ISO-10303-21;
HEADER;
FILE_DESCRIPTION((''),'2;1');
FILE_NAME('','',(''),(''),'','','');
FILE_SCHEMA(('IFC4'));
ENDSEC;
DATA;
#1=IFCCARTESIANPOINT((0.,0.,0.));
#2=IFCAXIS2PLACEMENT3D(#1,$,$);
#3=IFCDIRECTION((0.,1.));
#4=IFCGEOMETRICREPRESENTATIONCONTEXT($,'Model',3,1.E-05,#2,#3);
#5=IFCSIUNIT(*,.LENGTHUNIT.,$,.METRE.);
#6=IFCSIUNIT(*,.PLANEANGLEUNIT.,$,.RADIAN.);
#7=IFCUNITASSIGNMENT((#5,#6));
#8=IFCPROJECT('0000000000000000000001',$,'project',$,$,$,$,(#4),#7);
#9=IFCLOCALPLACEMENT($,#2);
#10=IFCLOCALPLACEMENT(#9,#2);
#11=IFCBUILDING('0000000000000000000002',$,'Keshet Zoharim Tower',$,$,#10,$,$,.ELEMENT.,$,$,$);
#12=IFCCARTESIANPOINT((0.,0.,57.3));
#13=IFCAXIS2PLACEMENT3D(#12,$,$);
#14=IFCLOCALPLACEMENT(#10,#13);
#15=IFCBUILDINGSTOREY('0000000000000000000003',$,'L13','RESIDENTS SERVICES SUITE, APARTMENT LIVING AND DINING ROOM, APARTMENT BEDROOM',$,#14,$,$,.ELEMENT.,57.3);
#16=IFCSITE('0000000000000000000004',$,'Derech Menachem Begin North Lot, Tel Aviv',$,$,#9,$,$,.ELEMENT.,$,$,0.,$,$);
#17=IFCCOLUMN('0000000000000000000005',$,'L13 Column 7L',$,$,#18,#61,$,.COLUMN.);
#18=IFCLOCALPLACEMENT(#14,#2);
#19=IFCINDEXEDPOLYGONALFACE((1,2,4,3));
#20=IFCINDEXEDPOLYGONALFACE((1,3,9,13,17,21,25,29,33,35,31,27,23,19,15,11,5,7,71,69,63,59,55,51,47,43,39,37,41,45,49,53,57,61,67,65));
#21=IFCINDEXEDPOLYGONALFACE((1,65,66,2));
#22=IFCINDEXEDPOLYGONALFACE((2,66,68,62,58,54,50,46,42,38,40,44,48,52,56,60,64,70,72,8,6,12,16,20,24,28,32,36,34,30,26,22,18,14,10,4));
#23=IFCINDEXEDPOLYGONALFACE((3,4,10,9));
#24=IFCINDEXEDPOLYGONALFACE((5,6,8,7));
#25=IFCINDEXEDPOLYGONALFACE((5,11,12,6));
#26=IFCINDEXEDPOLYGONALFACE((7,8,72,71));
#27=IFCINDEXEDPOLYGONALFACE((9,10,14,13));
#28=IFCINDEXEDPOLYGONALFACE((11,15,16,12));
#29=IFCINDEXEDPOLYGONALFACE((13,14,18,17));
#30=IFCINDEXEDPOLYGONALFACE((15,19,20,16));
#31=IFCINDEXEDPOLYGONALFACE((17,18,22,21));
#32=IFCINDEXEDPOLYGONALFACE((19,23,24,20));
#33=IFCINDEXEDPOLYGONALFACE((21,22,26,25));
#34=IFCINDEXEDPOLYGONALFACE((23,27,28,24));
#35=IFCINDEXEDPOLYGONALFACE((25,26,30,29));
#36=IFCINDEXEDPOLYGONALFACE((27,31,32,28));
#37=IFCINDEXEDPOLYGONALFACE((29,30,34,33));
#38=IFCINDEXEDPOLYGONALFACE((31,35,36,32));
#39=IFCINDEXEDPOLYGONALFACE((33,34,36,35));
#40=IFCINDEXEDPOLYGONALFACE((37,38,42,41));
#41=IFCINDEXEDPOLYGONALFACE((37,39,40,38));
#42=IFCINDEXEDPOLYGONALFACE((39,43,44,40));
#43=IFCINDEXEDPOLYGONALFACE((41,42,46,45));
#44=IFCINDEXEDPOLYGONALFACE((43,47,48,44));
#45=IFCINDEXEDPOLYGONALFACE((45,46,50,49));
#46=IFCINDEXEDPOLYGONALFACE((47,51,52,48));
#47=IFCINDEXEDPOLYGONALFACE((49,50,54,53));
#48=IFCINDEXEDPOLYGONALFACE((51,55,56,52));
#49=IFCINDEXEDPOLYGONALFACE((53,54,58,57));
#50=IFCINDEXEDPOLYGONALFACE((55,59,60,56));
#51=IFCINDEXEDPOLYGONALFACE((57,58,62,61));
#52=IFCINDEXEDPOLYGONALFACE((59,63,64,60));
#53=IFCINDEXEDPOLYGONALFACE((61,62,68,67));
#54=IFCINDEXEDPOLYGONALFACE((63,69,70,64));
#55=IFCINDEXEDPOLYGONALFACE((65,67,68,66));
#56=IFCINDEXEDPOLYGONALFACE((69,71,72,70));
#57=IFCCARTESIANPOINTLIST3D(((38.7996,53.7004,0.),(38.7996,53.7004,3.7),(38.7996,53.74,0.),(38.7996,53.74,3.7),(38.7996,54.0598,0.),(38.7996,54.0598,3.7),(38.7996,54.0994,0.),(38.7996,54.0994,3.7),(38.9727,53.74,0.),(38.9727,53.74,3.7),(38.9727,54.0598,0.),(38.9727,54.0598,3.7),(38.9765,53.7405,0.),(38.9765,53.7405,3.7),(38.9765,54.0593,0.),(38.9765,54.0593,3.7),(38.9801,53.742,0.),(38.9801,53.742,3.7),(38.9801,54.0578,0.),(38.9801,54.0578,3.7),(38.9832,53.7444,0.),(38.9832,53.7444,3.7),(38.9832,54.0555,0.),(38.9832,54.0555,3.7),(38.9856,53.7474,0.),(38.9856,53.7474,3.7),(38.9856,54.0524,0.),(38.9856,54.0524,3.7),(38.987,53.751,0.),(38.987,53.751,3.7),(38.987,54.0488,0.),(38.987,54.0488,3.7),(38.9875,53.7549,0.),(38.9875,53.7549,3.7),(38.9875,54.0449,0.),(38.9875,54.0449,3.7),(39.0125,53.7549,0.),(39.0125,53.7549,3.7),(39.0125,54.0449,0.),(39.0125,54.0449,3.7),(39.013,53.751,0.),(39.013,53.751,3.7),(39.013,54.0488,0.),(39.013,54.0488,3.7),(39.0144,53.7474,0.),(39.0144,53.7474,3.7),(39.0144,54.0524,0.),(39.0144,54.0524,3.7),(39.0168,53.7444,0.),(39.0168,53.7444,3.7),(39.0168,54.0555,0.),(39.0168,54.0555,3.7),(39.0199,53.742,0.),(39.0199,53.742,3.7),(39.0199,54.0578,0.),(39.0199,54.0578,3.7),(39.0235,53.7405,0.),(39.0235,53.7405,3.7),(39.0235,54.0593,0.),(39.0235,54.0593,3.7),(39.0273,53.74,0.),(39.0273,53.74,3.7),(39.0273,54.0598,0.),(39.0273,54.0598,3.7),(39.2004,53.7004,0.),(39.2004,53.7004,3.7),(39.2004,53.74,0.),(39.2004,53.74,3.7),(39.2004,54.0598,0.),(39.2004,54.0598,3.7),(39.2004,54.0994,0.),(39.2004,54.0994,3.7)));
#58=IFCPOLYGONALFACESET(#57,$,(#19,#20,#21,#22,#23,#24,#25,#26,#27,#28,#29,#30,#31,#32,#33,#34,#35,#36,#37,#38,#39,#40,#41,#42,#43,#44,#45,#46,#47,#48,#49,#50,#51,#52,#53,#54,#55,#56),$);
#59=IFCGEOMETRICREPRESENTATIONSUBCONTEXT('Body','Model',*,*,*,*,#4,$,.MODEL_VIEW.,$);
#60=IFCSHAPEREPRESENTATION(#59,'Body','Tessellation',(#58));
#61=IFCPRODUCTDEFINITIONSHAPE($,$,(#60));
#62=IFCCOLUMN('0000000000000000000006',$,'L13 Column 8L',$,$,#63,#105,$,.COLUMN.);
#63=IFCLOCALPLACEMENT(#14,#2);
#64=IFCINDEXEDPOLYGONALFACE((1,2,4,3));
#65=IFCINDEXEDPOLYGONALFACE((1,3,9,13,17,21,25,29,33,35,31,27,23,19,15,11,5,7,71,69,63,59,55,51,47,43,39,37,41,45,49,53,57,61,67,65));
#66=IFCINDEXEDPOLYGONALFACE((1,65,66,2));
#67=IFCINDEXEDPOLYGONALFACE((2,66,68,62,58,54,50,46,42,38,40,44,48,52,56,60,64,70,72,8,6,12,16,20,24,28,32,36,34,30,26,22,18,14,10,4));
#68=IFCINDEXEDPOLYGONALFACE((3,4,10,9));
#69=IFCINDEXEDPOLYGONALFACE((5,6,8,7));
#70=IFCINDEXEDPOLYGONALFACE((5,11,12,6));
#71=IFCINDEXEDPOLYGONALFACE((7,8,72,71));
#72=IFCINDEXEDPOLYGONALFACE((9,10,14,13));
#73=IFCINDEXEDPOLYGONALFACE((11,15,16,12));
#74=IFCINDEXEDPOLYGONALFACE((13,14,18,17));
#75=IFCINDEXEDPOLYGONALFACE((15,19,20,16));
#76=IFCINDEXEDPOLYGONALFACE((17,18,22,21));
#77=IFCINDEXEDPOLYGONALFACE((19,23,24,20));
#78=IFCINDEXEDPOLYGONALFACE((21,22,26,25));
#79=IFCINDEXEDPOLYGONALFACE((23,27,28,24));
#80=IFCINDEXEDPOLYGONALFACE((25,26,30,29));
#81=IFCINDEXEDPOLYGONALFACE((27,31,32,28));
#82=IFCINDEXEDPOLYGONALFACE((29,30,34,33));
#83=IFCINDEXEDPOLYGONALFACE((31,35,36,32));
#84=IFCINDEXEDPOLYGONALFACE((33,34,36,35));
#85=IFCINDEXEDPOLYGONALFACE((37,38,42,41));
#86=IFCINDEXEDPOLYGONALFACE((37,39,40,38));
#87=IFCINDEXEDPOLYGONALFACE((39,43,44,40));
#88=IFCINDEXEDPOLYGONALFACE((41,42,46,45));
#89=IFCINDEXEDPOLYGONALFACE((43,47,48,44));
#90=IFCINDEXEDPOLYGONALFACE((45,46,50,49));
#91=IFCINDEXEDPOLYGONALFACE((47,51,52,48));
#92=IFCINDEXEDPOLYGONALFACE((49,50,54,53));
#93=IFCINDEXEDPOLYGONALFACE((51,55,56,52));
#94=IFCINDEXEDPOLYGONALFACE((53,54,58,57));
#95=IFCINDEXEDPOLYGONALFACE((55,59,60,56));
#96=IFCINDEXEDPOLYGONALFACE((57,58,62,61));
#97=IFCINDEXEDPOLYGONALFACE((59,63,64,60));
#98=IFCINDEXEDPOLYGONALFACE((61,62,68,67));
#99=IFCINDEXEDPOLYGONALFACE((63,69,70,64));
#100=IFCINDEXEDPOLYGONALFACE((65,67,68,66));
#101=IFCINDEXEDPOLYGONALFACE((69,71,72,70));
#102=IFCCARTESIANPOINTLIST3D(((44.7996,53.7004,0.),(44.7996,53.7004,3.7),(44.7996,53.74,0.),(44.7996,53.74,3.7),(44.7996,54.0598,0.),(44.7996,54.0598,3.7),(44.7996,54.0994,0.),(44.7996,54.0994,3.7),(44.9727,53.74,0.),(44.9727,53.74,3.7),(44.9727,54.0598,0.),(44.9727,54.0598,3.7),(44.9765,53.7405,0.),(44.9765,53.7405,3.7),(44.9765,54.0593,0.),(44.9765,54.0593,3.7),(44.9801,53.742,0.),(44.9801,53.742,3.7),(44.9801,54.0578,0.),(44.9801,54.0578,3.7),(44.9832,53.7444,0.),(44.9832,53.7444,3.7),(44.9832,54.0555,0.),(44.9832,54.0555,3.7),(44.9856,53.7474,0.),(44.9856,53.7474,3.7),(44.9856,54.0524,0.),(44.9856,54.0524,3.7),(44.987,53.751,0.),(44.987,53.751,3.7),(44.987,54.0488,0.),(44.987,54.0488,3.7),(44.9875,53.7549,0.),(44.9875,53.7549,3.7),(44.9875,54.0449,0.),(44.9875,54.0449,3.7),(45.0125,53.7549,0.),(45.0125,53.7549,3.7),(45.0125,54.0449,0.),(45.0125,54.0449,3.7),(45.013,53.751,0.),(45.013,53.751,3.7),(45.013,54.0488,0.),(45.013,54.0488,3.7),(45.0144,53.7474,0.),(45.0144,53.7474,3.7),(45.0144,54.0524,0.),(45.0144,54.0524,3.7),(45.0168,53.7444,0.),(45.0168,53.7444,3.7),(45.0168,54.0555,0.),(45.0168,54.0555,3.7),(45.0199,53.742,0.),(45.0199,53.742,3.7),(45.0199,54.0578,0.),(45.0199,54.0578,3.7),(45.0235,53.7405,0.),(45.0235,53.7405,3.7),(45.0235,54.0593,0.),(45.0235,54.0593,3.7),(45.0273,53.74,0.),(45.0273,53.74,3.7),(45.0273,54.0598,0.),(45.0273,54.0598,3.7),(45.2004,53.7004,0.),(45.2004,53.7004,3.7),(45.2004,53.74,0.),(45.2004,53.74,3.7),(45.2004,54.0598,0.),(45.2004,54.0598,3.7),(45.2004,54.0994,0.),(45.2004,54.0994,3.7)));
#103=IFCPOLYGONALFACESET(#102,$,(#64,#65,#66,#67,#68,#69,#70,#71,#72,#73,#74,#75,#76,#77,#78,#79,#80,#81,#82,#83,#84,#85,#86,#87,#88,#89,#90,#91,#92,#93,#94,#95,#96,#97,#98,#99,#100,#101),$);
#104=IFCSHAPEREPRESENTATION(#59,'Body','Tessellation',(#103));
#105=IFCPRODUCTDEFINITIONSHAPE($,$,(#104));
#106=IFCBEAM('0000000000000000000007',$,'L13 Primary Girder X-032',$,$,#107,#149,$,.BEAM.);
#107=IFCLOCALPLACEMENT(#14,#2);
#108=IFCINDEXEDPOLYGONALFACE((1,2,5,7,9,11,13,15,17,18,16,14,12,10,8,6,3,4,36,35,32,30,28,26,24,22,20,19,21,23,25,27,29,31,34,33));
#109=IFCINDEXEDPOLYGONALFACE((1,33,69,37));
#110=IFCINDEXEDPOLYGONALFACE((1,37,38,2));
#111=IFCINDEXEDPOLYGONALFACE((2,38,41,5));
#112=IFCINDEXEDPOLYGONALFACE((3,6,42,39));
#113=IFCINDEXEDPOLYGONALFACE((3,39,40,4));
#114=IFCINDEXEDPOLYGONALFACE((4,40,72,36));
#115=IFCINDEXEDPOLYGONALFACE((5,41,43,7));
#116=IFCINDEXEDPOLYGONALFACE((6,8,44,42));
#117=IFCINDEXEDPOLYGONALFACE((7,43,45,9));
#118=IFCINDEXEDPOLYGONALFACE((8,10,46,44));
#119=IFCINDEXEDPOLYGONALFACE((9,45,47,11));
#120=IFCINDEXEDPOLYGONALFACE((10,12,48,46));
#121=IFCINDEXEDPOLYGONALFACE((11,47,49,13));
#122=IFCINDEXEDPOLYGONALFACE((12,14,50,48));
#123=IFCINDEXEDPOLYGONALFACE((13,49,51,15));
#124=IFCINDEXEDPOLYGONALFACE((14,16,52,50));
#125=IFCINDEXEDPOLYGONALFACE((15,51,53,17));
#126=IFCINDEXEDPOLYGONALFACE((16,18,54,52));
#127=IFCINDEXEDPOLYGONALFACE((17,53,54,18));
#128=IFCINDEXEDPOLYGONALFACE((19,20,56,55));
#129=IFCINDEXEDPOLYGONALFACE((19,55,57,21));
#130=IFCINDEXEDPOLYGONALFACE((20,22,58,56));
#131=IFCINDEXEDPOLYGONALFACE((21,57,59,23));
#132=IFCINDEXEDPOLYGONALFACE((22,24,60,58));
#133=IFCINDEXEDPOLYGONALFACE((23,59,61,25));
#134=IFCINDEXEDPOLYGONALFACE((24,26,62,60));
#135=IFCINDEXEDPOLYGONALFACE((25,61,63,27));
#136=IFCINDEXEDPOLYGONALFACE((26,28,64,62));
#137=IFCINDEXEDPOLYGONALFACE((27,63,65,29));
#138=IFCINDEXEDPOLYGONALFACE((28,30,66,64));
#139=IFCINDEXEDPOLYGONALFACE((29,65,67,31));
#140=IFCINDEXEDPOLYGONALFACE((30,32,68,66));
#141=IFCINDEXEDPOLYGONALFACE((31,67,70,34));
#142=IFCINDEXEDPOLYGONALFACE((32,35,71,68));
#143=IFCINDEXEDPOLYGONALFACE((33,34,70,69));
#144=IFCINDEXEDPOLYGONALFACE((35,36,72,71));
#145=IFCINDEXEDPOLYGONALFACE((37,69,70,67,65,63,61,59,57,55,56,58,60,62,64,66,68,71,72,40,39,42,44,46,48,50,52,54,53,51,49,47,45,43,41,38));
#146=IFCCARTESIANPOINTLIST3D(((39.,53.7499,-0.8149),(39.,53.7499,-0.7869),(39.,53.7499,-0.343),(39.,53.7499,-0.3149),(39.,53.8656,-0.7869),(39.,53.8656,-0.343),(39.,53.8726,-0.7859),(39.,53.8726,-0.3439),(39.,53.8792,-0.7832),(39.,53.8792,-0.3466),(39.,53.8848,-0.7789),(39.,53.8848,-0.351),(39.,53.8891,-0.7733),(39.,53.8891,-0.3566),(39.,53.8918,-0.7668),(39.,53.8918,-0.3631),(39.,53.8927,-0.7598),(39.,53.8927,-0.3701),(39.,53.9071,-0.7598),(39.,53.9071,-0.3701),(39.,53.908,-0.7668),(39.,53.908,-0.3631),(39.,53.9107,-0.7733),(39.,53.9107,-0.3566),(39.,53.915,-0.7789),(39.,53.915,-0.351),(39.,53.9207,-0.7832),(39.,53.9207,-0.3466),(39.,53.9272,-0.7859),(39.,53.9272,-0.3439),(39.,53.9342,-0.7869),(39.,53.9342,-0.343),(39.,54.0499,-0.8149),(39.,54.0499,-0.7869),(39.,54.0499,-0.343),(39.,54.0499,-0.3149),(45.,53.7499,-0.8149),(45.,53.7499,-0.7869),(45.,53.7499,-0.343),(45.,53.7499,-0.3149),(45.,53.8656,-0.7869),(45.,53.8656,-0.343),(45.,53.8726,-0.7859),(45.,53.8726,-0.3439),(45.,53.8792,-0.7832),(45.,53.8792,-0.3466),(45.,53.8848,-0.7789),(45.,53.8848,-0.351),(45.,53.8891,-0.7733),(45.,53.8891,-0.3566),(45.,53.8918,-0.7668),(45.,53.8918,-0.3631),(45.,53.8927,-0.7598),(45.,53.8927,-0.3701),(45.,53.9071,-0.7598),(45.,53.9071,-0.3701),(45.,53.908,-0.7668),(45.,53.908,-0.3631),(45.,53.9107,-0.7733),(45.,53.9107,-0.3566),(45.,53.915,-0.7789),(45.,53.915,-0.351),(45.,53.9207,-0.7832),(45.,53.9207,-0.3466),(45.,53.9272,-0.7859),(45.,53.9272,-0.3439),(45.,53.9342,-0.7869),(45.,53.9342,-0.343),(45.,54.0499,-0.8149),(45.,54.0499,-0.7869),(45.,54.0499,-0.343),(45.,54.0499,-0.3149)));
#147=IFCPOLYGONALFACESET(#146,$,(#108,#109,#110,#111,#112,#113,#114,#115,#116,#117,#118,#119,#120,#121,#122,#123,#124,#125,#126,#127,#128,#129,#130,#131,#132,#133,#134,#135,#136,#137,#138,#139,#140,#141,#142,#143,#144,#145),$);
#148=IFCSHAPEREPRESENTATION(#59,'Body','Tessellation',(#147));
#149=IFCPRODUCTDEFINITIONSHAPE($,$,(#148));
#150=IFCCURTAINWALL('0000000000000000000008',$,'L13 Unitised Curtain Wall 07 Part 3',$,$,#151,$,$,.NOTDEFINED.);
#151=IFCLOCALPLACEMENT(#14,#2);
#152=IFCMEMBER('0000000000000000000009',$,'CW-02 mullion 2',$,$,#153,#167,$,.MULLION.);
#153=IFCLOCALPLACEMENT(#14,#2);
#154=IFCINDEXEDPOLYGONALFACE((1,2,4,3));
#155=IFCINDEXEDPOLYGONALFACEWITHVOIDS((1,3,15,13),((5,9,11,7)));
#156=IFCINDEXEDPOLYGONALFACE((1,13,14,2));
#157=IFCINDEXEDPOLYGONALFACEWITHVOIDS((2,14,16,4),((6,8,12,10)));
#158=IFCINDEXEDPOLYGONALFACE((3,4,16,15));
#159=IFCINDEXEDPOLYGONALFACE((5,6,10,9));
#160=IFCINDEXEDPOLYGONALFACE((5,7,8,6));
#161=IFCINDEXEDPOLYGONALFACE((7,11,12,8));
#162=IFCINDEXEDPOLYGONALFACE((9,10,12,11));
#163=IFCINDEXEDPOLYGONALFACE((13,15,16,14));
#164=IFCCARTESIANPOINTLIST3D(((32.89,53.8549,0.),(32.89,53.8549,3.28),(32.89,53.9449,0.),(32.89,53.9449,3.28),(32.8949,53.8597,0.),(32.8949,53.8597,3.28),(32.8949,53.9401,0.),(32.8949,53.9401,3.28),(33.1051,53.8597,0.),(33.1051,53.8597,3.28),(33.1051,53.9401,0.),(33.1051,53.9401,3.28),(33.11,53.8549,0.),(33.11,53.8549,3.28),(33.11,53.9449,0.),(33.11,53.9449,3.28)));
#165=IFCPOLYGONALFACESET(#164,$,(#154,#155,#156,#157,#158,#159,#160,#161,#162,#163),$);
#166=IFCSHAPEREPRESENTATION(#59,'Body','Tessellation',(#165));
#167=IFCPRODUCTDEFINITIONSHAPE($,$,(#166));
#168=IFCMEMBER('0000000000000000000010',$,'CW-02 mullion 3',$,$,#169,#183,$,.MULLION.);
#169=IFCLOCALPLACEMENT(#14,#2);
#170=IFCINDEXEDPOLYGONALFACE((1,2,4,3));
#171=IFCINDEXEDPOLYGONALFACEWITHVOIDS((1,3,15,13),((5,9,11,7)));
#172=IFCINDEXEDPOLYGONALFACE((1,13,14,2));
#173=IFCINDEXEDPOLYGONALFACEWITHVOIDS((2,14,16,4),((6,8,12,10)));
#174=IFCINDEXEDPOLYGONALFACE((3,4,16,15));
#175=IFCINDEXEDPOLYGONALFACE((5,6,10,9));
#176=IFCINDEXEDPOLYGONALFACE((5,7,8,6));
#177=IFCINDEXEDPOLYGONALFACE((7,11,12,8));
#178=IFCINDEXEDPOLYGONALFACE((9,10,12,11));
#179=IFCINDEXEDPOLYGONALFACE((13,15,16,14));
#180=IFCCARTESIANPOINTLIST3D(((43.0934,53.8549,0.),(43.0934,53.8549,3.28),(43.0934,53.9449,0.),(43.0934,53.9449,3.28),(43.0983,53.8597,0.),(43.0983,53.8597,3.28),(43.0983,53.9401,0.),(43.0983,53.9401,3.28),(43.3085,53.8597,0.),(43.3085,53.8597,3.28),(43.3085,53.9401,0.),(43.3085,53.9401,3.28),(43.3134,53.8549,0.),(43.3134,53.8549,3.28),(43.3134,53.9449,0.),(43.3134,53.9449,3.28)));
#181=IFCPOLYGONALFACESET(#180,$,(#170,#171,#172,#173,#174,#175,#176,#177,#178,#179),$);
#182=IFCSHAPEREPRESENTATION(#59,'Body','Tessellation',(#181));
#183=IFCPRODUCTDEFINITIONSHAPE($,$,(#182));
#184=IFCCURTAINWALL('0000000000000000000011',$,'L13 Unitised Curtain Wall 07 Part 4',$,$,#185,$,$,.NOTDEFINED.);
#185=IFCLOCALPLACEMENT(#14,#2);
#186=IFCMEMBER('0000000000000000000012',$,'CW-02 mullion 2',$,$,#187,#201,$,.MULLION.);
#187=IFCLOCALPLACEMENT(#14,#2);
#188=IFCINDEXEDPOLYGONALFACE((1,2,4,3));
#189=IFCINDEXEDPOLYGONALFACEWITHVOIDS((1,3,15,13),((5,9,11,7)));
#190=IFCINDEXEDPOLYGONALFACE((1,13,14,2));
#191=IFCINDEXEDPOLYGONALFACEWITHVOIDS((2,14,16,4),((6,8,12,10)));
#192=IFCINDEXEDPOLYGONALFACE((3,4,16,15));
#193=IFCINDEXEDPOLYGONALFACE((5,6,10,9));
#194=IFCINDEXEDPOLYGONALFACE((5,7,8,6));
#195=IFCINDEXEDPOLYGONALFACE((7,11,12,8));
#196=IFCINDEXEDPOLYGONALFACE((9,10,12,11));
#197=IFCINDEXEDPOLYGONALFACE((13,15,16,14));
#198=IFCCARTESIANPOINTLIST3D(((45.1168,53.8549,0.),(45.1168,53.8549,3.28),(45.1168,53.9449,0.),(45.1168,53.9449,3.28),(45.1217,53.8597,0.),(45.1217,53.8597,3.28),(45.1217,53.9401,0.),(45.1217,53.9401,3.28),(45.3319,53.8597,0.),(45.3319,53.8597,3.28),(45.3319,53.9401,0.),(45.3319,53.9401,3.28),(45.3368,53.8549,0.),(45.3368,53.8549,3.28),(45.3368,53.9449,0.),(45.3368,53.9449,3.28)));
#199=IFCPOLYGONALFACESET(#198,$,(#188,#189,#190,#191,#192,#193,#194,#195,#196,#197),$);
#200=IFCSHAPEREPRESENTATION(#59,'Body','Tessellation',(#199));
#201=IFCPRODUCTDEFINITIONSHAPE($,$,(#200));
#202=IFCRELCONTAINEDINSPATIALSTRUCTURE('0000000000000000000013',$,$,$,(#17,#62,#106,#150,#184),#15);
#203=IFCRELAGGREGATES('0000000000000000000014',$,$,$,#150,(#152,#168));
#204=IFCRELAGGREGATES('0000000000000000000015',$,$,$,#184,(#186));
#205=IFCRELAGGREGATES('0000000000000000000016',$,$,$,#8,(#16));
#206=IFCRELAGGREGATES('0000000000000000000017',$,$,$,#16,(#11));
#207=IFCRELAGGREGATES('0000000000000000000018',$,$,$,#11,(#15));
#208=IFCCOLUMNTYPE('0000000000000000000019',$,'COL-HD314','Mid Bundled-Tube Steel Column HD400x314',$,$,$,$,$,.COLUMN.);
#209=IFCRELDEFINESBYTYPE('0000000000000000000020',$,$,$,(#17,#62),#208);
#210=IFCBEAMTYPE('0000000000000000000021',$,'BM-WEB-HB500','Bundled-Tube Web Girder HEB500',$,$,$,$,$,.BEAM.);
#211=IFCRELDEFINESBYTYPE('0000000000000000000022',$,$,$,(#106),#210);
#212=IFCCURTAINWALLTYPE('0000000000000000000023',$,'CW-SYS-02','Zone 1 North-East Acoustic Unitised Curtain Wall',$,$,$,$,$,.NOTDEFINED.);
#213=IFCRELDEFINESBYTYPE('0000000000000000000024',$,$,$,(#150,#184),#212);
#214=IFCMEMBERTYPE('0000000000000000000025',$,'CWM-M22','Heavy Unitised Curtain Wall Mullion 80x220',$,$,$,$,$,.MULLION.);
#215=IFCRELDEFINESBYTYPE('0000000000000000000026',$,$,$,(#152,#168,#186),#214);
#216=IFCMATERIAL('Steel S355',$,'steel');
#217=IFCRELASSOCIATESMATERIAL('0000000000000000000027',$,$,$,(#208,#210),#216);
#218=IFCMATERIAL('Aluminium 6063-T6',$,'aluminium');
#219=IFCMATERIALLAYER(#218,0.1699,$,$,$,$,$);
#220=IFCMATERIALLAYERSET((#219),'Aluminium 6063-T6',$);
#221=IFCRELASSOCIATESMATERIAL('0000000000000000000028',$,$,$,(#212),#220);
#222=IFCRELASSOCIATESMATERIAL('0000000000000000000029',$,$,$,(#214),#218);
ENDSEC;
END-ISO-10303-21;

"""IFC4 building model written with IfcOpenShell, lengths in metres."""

from ifc_helpers import new_model, si_unit, direction, frame, origin, origin_2d, place, context, subcontext, project, spatial, hollow_rectangle, i_section, extrude, material, layer, layer_set, material_profile, profile_set, type_object, element, aggregate, save


model = new_model("IFC4")

# Units and contexts
model_context = context("Model", 3, precision=1e-05, world=origin(), true_north=direction((0.0, 1.0)))
body_context = subcontext(model_context, "Body", "Model", "MODEL_VIEW")
ifc_project = project(units=[si_unit("LENGTHUNIT", "METRE"), si_unit("PLANEANGLEUNIT", "RADIAN")], contexts=[model_context])

# Site, building, storey
site_placement = place(None, origin())
site = spatial("IfcSite", under=ifc_project, at=site_placement, Name="Derech Menachem Begin North Lot, Tel Aviv", CompositionType="ELEMENT", RefElevation=0.0)
building_placement = place(site_placement, origin())
building = spatial("IfcBuilding", under=site, at=building_placement, Name="Keshet Zoharim Tower", CompositionType="ELEMENT")
storey_placement = place(building_placement, frame((0.0, 0.0, 57.3)))
storey = spatial("IfcBuildingStorey", under=building, at=storey_placement, Name="L13", Description="RESIDENTS SERVICES SUITE, APARTMENT LIVING AND DINING ROOM, APARTMENT BEDROOM", CompositionType="ELEMENT", Elevation=57.3)

# Columns
ifc_material_1 = material(Name="Steel S355", Category="steel")
ifc_material_profile_1 = material_profile(ifc_material_1, i_section(OverallWidth=0.4009, OverallDepth=0.3989, WebThickness=0.0249, FlangeThickness=0.0396, FilletRadius=0.0149, at=origin_2d()), Name="HD400x314")
ifc_profile_set_1 = profile_set([ifc_material_profile_1], Name="Steel S355")
column_type = type_object("IfcColumnType", Name="COL-HD314", Description="Mid Bundled-Tube Steel Column HD400x314", PredefinedType="COLUMN", material=ifc_profile_set_1)
for number, where, z_axis, x_axis, name in (
    (1, (39.0, 53.8999, 0.0), (0.0, 0.0, 1.0), (1.0, 0.0, 0.0), "L13 Column 7L"),
    (2, (45.0, 53.8999, 0.0), (0.0, 0.0, 1.0), (1.0, 0.0, 0.0), "L13 Column 8L"),
):
    element("IfcColumn", number, at=place(storey_placement, frame(where, z_axis=z_axis, x_axis=x_axis)), inside=storey, type_object=column_type, Name=name, PredefinedType="COLUMN", context=body_context, shape_type="SweptSolid", body=[
        extrude(i_section(OverallWidth=0.4009, OverallDepth=0.3989, WebThickness=0.0249, FlangeThickness=0.0396, FilletRadius=0.0149, at=origin_2d()), origin(), (0.0, 0.0, 1.0), 3.7),
    ])

# Beam
ifc_material_profile_2 = material_profile(ifc_material_1, i_section(OverallWidth=0.3, OverallDepth=0.5, WebThickness=0.0144, FlangeThickness=0.0281, FilletRadius=0.0271, at=origin_2d()), Name="HEB500")
ifc_profile_set_2 = profile_set([ifc_material_profile_2], Name="Steel S355")
beam_type = type_object("IfcBeamType", Name="BM-WEB-HB500", Description="Bundled-Tube Web Girder HEB500", PredefinedType="BEAM", material=ifc_profile_set_2)
beam_placement = place(storey_placement, frame((39.0, 53.8999, -0.5649), z_axis=(1.0, 0.0, 0.0), x_axis=(0.0, 1.0, 0.0)))
element("IfcBeam", 3, at=beam_placement, inside=storey, type_object=beam_type, Name="L13 Primary Girder X-032", PredefinedType="BEAM", context=body_context, shape_type="SweptSolid", body=[
    extrude(i_section(OverallWidth=0.3, OverallDepth=0.5, WebThickness=0.0144, FlangeThickness=0.0281, FilletRadius=0.0271, at=origin_2d()), origin(), (0.0, 0.0, 1.0), 6.0),
])

# Curtain wall, members
ifc_material_2 = material(Name="Aluminium 6063-T6", Category="aluminium")
ifc_layer_1 = layer(ifc_material_2, 0.1699)
ifc_layer_set_1 = layer_set([ifc_layer_1], Name="Aluminium 6063-T6")
curtain_wall_type = type_object("IfcCurtainWallType", Name="CW-SYS-02", Description="Zone 1 North-East Acoustic Unitised Curtain Wall", PredefinedType="NOTDEFINED", material=ifc_layer_set_1)
curtain_wall_1_placement = place(storey_placement, origin())
curtain_wall_1 = element("IfcCurtainWall", 4, at=curtain_wall_1_placement, inside=storey, type_object=curtain_wall_type, Name="L13 Unitised Curtain Wall 07 Part 3", PredefinedType="NOTDEFINED")
ifc_material_profile_3 = material_profile(ifc_material_2, hollow_rectangle(XDim=0.0901, YDim=0.22, WallThickness=0.0049, at=origin_2d()), Name="MUL-90x220")
ifc_profile_set_3 = profile_set([ifc_material_profile_3], Name="Aluminium 6063-T6")
member_type_1 = type_object("IfcMemberType", Name="CWM-M22", Description="Heavy Unitised Curtain Wall Mullion 80x220", PredefinedType="MULLION", material=ifc_profile_set_3)
member_1_placement = place(storey_placement, frame((33.0, 53.8999, 0.0), z_axis=(0.0, 0.0, 1.0), x_axis=(0.0, 1.0, 0.0)))
member_1 = element("IfcMember", 5, at=member_1_placement, type_object=member_type_1, Name="CW-02 mullion 2", PredefinedType="MULLION", context=body_context, shape_type="SweptSolid", body=[
    extrude(hollow_rectangle(XDim=0.0901, YDim=0.22, WallThickness=0.0049, at=origin_2d()), origin(), (0.0, 0.0, 1.0), 3.28),
])
member_2_placement = place(storey_placement, frame((43.2034, 53.8999, 0.0), z_axis=(0.0, 0.0, 1.0), x_axis=(0.0, 1.0, 0.0)))
member_2 = element("IfcMember", 6, at=member_2_placement, type_object=member_type_1, Name="CW-02 mullion 3", PredefinedType="MULLION", context=body_context, shape_type="SweptSolid", body=[
    extrude(hollow_rectangle(XDim=0.0901, YDim=0.22, WallThickness=0.0049, at=origin_2d()), origin(), (0.0, 0.0, 1.0), 3.28),
])

# Curtain wall, member
curtain_wall_2_placement = place(storey_placement, origin())
curtain_wall_2 = element("IfcCurtainWall", 7, at=curtain_wall_2_placement, inside=storey, type_object=curtain_wall_type, Name="L13 Unitised Curtain Wall 07 Part 4", PredefinedType="NOTDEFINED")
member_3_placement = place(storey_placement, frame((45.2268, 53.8999, 0.0), z_axis=(0.0, 0.0, 1.0), x_axis=(0.0, 1.0, 0.0)))
member_3 = element("IfcMember", 8, at=member_3_placement, type_object=member_type_1, Name="CW-02 mullion 2", PredefinedType="MULLION", context=body_context, shape_type="SweptSolid", body=[
    extrude(hollow_rectangle(XDim=0.0901, YDim=0.22, WallThickness=0.0049, at=origin_2d()), origin(), (0.0, 0.0, 1.0), 3.28),
])

aggregate(curtain_wall_1, [member_1, member_2])
aggregate(curtain_wall_2, [member_3])

save(model, "model.ifc")
